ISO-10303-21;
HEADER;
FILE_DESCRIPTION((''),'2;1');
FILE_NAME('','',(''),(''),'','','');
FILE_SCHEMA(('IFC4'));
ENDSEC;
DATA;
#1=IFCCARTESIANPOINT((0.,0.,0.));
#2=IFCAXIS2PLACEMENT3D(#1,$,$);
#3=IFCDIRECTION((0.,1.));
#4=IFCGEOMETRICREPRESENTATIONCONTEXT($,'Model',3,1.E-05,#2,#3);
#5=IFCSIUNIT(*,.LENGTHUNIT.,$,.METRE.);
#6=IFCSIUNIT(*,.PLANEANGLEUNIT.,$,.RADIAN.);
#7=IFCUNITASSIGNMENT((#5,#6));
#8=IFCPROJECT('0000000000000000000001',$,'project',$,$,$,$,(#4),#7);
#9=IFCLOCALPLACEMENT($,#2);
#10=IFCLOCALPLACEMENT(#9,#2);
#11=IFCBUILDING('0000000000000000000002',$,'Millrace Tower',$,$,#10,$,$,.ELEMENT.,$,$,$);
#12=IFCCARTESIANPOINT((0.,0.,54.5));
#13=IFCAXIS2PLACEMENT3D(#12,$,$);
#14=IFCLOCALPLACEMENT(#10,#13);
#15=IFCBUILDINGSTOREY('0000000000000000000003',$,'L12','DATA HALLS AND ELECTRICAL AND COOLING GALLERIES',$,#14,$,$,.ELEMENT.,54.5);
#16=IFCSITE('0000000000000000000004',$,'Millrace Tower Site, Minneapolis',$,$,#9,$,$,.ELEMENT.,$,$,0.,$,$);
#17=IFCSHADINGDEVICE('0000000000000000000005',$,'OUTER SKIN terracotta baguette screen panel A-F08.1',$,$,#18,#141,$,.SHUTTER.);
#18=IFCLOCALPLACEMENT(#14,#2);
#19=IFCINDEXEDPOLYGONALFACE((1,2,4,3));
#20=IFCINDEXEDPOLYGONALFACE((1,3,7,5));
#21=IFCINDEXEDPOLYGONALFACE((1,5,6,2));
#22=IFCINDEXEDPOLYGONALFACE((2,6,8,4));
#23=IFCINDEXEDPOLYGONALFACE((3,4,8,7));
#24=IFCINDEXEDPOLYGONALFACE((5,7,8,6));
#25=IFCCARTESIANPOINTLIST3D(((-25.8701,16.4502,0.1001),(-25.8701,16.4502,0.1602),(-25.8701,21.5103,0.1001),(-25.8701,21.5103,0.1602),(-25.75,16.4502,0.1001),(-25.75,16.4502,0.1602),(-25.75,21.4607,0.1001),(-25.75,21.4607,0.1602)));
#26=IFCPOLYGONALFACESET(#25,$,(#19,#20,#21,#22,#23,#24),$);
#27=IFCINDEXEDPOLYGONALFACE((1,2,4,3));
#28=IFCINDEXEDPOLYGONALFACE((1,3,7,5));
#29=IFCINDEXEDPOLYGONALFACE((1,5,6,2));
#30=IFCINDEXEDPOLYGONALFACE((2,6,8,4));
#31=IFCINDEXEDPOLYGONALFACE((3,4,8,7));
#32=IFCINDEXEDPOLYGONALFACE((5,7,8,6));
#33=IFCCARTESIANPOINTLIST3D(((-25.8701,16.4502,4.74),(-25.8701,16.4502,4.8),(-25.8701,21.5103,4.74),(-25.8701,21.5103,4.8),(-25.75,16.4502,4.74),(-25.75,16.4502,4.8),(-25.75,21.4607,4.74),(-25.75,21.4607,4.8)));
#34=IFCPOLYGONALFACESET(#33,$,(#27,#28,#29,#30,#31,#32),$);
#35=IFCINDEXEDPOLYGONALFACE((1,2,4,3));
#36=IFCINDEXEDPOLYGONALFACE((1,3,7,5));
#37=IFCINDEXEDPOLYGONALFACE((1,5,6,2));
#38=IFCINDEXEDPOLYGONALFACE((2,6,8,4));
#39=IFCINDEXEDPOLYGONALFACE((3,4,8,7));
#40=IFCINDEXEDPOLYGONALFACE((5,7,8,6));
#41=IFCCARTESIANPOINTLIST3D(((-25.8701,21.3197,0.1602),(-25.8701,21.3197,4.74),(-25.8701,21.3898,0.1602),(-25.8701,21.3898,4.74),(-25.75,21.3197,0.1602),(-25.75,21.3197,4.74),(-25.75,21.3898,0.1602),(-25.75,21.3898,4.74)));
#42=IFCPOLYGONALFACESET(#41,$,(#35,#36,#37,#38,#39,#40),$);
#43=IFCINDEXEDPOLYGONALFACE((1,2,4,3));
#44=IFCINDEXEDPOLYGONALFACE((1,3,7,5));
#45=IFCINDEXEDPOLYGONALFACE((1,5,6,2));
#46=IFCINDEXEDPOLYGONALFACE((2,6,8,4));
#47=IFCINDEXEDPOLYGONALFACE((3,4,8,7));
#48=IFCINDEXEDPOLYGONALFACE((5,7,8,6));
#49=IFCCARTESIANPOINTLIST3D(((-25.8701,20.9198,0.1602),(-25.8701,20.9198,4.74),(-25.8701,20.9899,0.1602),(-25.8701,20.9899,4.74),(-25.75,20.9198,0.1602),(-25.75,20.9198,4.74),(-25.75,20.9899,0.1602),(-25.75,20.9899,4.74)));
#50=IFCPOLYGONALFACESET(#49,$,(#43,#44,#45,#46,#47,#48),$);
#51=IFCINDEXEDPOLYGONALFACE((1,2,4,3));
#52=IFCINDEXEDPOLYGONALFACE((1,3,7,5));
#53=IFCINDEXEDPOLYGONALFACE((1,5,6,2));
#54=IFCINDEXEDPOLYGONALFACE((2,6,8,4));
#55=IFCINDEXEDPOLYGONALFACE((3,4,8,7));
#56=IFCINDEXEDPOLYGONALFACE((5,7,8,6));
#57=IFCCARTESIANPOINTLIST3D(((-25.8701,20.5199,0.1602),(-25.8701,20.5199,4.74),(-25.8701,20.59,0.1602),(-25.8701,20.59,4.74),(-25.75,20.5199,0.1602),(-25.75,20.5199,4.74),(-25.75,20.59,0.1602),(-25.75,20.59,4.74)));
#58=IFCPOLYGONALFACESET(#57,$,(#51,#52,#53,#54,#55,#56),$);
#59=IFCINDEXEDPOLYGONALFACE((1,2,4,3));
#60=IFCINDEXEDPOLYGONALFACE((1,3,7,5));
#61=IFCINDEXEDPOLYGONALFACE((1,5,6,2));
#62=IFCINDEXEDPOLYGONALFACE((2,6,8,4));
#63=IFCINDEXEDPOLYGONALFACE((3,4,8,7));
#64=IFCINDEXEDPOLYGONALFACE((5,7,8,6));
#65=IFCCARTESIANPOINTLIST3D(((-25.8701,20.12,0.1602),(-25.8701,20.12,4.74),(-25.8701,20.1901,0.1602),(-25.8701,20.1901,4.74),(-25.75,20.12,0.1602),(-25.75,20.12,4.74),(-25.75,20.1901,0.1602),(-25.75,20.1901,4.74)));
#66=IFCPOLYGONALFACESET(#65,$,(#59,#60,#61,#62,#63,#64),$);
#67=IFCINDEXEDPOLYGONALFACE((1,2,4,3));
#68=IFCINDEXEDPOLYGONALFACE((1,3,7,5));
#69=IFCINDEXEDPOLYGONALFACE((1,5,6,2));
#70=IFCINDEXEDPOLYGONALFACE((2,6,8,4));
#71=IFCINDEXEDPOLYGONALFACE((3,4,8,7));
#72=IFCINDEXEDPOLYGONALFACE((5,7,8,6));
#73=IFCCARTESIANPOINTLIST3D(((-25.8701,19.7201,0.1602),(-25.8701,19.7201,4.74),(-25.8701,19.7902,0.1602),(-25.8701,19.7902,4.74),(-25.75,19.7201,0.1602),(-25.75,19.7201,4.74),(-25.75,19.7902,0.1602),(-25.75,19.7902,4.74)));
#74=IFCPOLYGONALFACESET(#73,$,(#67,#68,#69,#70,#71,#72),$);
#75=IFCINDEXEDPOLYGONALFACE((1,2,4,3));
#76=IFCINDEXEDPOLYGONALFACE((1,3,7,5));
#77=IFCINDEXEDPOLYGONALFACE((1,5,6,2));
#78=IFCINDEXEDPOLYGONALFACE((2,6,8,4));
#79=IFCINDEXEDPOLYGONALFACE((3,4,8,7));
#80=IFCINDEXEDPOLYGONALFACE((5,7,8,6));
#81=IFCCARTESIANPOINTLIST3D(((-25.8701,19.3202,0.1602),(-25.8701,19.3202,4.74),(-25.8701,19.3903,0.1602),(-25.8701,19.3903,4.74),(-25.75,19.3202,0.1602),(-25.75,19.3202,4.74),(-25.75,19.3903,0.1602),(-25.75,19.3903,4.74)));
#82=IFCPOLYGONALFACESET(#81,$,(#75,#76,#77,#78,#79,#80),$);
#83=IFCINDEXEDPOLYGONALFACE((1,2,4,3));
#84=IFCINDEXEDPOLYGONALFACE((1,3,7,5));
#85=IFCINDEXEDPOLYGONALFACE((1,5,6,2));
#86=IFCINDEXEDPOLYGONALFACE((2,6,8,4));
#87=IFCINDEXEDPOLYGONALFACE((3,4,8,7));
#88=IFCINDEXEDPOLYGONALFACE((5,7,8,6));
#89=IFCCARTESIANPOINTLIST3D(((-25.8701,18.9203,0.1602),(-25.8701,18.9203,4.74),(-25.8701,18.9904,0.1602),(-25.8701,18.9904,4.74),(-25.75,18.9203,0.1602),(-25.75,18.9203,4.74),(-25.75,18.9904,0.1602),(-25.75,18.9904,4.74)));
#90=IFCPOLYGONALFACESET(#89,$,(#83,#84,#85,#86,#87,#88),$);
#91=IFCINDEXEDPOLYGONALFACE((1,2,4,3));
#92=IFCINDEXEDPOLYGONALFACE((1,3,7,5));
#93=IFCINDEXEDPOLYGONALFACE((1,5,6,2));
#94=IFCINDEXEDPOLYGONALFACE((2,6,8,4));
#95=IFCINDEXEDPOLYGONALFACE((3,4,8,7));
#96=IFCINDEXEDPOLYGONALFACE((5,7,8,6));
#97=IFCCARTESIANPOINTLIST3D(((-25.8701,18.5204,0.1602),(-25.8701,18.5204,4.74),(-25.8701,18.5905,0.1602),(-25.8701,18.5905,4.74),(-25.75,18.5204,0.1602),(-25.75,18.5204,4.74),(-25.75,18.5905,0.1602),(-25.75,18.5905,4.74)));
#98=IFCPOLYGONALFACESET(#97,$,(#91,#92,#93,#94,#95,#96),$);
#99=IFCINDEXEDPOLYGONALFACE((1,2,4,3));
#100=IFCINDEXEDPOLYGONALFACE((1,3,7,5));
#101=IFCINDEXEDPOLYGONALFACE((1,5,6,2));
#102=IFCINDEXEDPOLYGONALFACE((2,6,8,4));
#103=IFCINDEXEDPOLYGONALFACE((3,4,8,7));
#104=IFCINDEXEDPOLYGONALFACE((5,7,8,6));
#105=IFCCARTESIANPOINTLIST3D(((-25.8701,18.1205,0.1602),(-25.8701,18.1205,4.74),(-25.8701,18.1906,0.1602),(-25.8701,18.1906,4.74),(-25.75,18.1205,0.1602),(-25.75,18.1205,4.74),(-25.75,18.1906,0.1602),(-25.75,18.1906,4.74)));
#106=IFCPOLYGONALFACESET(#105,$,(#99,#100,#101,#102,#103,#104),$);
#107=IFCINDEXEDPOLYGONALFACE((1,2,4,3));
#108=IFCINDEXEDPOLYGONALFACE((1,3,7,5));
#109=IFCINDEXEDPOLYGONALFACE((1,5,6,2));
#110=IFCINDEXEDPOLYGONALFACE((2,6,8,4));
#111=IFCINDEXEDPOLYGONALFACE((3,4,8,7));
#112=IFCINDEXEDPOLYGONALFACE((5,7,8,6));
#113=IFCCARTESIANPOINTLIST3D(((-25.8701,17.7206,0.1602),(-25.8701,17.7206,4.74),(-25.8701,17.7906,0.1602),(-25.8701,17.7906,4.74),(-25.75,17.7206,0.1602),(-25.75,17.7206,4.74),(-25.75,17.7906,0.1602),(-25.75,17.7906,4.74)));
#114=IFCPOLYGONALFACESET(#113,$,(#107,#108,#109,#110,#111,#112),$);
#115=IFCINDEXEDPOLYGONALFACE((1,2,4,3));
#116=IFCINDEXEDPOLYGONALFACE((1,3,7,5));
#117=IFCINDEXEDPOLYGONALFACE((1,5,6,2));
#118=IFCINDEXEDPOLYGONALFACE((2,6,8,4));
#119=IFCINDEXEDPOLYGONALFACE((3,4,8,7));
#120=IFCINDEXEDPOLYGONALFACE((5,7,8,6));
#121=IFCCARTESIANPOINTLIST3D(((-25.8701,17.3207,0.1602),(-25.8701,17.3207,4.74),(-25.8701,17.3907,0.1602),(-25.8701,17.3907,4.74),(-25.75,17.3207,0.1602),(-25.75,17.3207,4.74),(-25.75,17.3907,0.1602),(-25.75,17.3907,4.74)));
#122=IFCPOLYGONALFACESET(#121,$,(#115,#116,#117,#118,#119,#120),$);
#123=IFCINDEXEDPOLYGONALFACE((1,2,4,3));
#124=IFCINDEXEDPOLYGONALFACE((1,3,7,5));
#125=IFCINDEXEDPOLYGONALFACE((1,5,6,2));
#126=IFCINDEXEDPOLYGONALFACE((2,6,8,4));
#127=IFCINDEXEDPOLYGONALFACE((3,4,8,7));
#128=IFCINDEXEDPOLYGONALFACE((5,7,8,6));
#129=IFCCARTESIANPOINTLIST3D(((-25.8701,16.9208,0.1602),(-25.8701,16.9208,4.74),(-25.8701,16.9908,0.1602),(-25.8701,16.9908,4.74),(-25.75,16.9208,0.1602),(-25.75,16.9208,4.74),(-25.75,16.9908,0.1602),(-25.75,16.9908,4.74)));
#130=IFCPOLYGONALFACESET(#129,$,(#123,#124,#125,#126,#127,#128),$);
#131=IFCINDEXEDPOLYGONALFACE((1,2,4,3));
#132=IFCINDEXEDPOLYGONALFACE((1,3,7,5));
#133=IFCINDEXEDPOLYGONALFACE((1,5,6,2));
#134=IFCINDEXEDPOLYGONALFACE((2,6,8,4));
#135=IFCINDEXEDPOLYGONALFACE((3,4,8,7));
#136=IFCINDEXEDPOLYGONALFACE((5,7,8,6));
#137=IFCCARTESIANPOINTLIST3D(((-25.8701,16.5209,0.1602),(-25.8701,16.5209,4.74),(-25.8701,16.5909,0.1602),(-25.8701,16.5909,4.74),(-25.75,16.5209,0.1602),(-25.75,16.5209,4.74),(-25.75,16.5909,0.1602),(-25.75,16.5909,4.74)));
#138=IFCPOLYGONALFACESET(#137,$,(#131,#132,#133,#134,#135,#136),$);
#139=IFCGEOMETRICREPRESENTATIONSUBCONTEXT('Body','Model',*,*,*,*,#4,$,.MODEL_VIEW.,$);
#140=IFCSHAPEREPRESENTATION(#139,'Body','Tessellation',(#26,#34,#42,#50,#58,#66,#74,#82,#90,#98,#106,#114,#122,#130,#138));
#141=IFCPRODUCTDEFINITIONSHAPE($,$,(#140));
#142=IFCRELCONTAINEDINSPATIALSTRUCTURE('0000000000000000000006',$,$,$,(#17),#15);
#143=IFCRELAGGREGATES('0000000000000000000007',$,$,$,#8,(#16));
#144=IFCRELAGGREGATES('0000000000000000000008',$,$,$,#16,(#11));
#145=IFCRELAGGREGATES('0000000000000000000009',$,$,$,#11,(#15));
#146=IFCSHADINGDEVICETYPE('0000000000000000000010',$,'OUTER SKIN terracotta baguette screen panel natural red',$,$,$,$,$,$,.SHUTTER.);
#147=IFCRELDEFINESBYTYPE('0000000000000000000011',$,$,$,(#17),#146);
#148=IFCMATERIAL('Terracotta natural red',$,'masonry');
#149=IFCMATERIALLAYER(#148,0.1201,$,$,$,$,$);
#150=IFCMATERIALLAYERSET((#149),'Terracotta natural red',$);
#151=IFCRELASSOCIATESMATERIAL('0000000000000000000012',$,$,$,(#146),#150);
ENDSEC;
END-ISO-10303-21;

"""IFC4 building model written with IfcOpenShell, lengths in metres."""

from ifc_helpers import new_model, entity, si_unit, direction, frame, frame_2d, origin, place, context, subcontext, project, spatial, rectangle, extrude, source, transform, mapped, material, layer, layer_set, type_object, element, save


model = new_model("IFC4")

# Units and contexts
model_context = context("Model", 3, precision=1e-05, world=origin(), true_north=direction((0.0, 1.0)))
body_context = subcontext(model_context, "Body", "Model", "MODEL_VIEW")
ifc_project = project(units=[si_unit("LENGTHUNIT", "METRE"), si_unit("PLANEANGLEUNIT", "RADIAN")], contexts=[model_context])

# Site, building, storey
site_placement = place(None, origin())
site = spatial("IfcSite", under=ifc_project, at=site_placement, Name="Millrace Tower Site, Minneapolis", CompositionType="ELEMENT", RefElevation=0.0)
building_placement = place(site_placement, origin())
building = spatial("IfcBuilding", under=site, at=building_placement, Name="Millrace Tower", CompositionType="ELEMENT")
storey_placement = place(building_placement, frame((0.0, 0.0, 54.5)))
storey = spatial("IfcBuildingStorey", under=building, at=storey_placement, Name="L12", Description="DATA HALLS AND ELECTRICAL AND COOLING GALLERIES", CompositionType="ELEMENT", Elevation=54.5)

# Shading device
ifc_material_1 = material(Name="Terracotta natural red", Category="masonry")
ifc_layer_1 = layer(ifc_material_1, 0.1201)
ifc_layer_set_1 = layer_set([ifc_layer_1], Name="Terracotta natural red")
shading_device_type_1 = type_object("IfcShadingDeviceType", Name="OUTER SKIN terracotta baguette screen panel natural red", PredefinedType="SHUTTER", material=ifc_layer_set_1)
cartesian_point_1 = entity("IfcCartesianPoint", [-2.4929, 0.0601])
shared_polyline_1 = entity("IfcPolyline", [cartesian_point_1, entity("IfcCartesianPoint", [2.5176, 0.0601]), entity("IfcCartesianPoint", [2.5176, -0.0601]), entity("IfcCartesianPoint", [-2.5425, -0.0601]), cartesian_point_1])
shared_shape_1 = source(origin(), body_context, "Body", "SweptSolid", [
    entity("IfcExtrudedAreaSolid", entity("IfcArbitraryClosedProfileDef", "AREA", None, shared_polyline_1), entity("IfcAxis2Placement3D", entity("IfcCartesianPoint", [0.0, 0.0, 0.0])), entity("IfcDirection", [0.0, 0.0, 1.0]), 0.0601),
    entity("IfcExtrudedAreaSolid", entity("IfcArbitraryClosedProfileDef", "AREA", None, shared_polyline_1), entity("IfcAxis2Placement3D", entity("IfcCartesianPoint", [0.0, 0.0, 4.6399])), entity("IfcDirection", [0.0, 0.0, 1.0]), 0.0601),
    extrude(rectangle(XDim=0.0701, YDim=0.1201, at=frame_2d((-2.387, 0.0))), frame((0.0, 0.0, 0.0601)), (0.0, 0.0, 1.0), 4.5798),
    extrude(rectangle(XDim=0.0701, YDim=0.1201, at=frame_2d((-1.9871, 0.0))), frame((0.0, 0.0, 0.0601)), (0.0, 0.0, 1.0), 4.5798),
    extrude(rectangle(XDim=0.0701, YDim=0.1201, at=frame_2d((-1.5872, 0.0))), frame((0.0, 0.0, 0.0601)), (0.0, 0.0, 1.0), 4.5798),
    extrude(rectangle(XDim=0.0701, YDim=0.1201, at=frame_2d((-1.1873, 0.0))), frame((0.0, 0.0, 0.0601)), (0.0, 0.0, 1.0), 4.5798),
    extrude(rectangle(XDim=0.0701, YDim=0.1201, at=frame_2d((-0.7874, 0.0))), frame((0.0, 0.0, 0.0601)), (0.0, 0.0, 1.0), 4.5798),
    extrude(rectangle(XDim=0.0701, YDim=0.1201, at=frame_2d((-0.3875, 0.0))), frame((0.0, 0.0, 0.0601)), (0.0, 0.0, 1.0), 4.5798),
    extrude(rectangle(XDim=0.0701, YDim=0.1201, at=frame_2d((0.0125, 0.0))), frame((0.0, 0.0, 0.0601)), (0.0, 0.0, 1.0), 4.5798),
    extrude(rectangle(XDim=0.0701, YDim=0.1201, at=frame_2d((0.4124, 0.0))), frame((0.0, 0.0, 0.0601)), (0.0, 0.0, 1.0), 4.5798),
    extrude(rectangle(XDim=0.0701, YDim=0.1201, at=frame_2d((0.8123, 0.0))), frame((0.0, 0.0, 0.0601)), (0.0, 0.0, 1.0), 4.5798),
    extrude(rectangle(XDim=0.0701, YDim=0.1201, at=frame_2d((1.2122, 0.0))), frame((0.0, 0.0, 0.0601)), (0.0, 0.0, 1.0), 4.5798),
    extrude(rectangle(XDim=0.0701, YDim=0.1201, at=frame_2d((1.6121, 0.0))), frame((0.0, 0.0, 0.0601)), (0.0, 0.0, 1.0), 4.5798),
    extrude(rectangle(XDim=0.0701, YDim=0.1201, at=frame_2d((2.012, 0.0))), frame((0.0, 0.0, 0.0601)), (0.0, 0.0, 1.0), 4.5798),
    extrude(rectangle(XDim=0.0701, YDim=0.1201, at=frame_2d((2.4119, 0.0))), frame((0.0, 0.0, 0.0601)), (0.0, 0.0, 1.0), 4.5798),
])
shading_device_1_placement = place(storey_placement, frame((-25.8101, 18.9678, 0.1001), z_axis=(0.0, 0.0, 1.0), x_axis=(0.0, -1.0, 0.0)))
element("IfcShadingDevice", 1, at=shading_device_1_placement, inside=storey, type_object=shading_device_type_1, Name="OUTER SKIN terracotta baguette screen panel A-F08.1", PredefinedType="SHUTTER", context=body_context, shape_type="MappedRepresentation", body=[
    mapped(shared_shape_1, transform((0.0, 0.0, 0.0), scale=1.0)),
])

save(model, "model.ifc")
